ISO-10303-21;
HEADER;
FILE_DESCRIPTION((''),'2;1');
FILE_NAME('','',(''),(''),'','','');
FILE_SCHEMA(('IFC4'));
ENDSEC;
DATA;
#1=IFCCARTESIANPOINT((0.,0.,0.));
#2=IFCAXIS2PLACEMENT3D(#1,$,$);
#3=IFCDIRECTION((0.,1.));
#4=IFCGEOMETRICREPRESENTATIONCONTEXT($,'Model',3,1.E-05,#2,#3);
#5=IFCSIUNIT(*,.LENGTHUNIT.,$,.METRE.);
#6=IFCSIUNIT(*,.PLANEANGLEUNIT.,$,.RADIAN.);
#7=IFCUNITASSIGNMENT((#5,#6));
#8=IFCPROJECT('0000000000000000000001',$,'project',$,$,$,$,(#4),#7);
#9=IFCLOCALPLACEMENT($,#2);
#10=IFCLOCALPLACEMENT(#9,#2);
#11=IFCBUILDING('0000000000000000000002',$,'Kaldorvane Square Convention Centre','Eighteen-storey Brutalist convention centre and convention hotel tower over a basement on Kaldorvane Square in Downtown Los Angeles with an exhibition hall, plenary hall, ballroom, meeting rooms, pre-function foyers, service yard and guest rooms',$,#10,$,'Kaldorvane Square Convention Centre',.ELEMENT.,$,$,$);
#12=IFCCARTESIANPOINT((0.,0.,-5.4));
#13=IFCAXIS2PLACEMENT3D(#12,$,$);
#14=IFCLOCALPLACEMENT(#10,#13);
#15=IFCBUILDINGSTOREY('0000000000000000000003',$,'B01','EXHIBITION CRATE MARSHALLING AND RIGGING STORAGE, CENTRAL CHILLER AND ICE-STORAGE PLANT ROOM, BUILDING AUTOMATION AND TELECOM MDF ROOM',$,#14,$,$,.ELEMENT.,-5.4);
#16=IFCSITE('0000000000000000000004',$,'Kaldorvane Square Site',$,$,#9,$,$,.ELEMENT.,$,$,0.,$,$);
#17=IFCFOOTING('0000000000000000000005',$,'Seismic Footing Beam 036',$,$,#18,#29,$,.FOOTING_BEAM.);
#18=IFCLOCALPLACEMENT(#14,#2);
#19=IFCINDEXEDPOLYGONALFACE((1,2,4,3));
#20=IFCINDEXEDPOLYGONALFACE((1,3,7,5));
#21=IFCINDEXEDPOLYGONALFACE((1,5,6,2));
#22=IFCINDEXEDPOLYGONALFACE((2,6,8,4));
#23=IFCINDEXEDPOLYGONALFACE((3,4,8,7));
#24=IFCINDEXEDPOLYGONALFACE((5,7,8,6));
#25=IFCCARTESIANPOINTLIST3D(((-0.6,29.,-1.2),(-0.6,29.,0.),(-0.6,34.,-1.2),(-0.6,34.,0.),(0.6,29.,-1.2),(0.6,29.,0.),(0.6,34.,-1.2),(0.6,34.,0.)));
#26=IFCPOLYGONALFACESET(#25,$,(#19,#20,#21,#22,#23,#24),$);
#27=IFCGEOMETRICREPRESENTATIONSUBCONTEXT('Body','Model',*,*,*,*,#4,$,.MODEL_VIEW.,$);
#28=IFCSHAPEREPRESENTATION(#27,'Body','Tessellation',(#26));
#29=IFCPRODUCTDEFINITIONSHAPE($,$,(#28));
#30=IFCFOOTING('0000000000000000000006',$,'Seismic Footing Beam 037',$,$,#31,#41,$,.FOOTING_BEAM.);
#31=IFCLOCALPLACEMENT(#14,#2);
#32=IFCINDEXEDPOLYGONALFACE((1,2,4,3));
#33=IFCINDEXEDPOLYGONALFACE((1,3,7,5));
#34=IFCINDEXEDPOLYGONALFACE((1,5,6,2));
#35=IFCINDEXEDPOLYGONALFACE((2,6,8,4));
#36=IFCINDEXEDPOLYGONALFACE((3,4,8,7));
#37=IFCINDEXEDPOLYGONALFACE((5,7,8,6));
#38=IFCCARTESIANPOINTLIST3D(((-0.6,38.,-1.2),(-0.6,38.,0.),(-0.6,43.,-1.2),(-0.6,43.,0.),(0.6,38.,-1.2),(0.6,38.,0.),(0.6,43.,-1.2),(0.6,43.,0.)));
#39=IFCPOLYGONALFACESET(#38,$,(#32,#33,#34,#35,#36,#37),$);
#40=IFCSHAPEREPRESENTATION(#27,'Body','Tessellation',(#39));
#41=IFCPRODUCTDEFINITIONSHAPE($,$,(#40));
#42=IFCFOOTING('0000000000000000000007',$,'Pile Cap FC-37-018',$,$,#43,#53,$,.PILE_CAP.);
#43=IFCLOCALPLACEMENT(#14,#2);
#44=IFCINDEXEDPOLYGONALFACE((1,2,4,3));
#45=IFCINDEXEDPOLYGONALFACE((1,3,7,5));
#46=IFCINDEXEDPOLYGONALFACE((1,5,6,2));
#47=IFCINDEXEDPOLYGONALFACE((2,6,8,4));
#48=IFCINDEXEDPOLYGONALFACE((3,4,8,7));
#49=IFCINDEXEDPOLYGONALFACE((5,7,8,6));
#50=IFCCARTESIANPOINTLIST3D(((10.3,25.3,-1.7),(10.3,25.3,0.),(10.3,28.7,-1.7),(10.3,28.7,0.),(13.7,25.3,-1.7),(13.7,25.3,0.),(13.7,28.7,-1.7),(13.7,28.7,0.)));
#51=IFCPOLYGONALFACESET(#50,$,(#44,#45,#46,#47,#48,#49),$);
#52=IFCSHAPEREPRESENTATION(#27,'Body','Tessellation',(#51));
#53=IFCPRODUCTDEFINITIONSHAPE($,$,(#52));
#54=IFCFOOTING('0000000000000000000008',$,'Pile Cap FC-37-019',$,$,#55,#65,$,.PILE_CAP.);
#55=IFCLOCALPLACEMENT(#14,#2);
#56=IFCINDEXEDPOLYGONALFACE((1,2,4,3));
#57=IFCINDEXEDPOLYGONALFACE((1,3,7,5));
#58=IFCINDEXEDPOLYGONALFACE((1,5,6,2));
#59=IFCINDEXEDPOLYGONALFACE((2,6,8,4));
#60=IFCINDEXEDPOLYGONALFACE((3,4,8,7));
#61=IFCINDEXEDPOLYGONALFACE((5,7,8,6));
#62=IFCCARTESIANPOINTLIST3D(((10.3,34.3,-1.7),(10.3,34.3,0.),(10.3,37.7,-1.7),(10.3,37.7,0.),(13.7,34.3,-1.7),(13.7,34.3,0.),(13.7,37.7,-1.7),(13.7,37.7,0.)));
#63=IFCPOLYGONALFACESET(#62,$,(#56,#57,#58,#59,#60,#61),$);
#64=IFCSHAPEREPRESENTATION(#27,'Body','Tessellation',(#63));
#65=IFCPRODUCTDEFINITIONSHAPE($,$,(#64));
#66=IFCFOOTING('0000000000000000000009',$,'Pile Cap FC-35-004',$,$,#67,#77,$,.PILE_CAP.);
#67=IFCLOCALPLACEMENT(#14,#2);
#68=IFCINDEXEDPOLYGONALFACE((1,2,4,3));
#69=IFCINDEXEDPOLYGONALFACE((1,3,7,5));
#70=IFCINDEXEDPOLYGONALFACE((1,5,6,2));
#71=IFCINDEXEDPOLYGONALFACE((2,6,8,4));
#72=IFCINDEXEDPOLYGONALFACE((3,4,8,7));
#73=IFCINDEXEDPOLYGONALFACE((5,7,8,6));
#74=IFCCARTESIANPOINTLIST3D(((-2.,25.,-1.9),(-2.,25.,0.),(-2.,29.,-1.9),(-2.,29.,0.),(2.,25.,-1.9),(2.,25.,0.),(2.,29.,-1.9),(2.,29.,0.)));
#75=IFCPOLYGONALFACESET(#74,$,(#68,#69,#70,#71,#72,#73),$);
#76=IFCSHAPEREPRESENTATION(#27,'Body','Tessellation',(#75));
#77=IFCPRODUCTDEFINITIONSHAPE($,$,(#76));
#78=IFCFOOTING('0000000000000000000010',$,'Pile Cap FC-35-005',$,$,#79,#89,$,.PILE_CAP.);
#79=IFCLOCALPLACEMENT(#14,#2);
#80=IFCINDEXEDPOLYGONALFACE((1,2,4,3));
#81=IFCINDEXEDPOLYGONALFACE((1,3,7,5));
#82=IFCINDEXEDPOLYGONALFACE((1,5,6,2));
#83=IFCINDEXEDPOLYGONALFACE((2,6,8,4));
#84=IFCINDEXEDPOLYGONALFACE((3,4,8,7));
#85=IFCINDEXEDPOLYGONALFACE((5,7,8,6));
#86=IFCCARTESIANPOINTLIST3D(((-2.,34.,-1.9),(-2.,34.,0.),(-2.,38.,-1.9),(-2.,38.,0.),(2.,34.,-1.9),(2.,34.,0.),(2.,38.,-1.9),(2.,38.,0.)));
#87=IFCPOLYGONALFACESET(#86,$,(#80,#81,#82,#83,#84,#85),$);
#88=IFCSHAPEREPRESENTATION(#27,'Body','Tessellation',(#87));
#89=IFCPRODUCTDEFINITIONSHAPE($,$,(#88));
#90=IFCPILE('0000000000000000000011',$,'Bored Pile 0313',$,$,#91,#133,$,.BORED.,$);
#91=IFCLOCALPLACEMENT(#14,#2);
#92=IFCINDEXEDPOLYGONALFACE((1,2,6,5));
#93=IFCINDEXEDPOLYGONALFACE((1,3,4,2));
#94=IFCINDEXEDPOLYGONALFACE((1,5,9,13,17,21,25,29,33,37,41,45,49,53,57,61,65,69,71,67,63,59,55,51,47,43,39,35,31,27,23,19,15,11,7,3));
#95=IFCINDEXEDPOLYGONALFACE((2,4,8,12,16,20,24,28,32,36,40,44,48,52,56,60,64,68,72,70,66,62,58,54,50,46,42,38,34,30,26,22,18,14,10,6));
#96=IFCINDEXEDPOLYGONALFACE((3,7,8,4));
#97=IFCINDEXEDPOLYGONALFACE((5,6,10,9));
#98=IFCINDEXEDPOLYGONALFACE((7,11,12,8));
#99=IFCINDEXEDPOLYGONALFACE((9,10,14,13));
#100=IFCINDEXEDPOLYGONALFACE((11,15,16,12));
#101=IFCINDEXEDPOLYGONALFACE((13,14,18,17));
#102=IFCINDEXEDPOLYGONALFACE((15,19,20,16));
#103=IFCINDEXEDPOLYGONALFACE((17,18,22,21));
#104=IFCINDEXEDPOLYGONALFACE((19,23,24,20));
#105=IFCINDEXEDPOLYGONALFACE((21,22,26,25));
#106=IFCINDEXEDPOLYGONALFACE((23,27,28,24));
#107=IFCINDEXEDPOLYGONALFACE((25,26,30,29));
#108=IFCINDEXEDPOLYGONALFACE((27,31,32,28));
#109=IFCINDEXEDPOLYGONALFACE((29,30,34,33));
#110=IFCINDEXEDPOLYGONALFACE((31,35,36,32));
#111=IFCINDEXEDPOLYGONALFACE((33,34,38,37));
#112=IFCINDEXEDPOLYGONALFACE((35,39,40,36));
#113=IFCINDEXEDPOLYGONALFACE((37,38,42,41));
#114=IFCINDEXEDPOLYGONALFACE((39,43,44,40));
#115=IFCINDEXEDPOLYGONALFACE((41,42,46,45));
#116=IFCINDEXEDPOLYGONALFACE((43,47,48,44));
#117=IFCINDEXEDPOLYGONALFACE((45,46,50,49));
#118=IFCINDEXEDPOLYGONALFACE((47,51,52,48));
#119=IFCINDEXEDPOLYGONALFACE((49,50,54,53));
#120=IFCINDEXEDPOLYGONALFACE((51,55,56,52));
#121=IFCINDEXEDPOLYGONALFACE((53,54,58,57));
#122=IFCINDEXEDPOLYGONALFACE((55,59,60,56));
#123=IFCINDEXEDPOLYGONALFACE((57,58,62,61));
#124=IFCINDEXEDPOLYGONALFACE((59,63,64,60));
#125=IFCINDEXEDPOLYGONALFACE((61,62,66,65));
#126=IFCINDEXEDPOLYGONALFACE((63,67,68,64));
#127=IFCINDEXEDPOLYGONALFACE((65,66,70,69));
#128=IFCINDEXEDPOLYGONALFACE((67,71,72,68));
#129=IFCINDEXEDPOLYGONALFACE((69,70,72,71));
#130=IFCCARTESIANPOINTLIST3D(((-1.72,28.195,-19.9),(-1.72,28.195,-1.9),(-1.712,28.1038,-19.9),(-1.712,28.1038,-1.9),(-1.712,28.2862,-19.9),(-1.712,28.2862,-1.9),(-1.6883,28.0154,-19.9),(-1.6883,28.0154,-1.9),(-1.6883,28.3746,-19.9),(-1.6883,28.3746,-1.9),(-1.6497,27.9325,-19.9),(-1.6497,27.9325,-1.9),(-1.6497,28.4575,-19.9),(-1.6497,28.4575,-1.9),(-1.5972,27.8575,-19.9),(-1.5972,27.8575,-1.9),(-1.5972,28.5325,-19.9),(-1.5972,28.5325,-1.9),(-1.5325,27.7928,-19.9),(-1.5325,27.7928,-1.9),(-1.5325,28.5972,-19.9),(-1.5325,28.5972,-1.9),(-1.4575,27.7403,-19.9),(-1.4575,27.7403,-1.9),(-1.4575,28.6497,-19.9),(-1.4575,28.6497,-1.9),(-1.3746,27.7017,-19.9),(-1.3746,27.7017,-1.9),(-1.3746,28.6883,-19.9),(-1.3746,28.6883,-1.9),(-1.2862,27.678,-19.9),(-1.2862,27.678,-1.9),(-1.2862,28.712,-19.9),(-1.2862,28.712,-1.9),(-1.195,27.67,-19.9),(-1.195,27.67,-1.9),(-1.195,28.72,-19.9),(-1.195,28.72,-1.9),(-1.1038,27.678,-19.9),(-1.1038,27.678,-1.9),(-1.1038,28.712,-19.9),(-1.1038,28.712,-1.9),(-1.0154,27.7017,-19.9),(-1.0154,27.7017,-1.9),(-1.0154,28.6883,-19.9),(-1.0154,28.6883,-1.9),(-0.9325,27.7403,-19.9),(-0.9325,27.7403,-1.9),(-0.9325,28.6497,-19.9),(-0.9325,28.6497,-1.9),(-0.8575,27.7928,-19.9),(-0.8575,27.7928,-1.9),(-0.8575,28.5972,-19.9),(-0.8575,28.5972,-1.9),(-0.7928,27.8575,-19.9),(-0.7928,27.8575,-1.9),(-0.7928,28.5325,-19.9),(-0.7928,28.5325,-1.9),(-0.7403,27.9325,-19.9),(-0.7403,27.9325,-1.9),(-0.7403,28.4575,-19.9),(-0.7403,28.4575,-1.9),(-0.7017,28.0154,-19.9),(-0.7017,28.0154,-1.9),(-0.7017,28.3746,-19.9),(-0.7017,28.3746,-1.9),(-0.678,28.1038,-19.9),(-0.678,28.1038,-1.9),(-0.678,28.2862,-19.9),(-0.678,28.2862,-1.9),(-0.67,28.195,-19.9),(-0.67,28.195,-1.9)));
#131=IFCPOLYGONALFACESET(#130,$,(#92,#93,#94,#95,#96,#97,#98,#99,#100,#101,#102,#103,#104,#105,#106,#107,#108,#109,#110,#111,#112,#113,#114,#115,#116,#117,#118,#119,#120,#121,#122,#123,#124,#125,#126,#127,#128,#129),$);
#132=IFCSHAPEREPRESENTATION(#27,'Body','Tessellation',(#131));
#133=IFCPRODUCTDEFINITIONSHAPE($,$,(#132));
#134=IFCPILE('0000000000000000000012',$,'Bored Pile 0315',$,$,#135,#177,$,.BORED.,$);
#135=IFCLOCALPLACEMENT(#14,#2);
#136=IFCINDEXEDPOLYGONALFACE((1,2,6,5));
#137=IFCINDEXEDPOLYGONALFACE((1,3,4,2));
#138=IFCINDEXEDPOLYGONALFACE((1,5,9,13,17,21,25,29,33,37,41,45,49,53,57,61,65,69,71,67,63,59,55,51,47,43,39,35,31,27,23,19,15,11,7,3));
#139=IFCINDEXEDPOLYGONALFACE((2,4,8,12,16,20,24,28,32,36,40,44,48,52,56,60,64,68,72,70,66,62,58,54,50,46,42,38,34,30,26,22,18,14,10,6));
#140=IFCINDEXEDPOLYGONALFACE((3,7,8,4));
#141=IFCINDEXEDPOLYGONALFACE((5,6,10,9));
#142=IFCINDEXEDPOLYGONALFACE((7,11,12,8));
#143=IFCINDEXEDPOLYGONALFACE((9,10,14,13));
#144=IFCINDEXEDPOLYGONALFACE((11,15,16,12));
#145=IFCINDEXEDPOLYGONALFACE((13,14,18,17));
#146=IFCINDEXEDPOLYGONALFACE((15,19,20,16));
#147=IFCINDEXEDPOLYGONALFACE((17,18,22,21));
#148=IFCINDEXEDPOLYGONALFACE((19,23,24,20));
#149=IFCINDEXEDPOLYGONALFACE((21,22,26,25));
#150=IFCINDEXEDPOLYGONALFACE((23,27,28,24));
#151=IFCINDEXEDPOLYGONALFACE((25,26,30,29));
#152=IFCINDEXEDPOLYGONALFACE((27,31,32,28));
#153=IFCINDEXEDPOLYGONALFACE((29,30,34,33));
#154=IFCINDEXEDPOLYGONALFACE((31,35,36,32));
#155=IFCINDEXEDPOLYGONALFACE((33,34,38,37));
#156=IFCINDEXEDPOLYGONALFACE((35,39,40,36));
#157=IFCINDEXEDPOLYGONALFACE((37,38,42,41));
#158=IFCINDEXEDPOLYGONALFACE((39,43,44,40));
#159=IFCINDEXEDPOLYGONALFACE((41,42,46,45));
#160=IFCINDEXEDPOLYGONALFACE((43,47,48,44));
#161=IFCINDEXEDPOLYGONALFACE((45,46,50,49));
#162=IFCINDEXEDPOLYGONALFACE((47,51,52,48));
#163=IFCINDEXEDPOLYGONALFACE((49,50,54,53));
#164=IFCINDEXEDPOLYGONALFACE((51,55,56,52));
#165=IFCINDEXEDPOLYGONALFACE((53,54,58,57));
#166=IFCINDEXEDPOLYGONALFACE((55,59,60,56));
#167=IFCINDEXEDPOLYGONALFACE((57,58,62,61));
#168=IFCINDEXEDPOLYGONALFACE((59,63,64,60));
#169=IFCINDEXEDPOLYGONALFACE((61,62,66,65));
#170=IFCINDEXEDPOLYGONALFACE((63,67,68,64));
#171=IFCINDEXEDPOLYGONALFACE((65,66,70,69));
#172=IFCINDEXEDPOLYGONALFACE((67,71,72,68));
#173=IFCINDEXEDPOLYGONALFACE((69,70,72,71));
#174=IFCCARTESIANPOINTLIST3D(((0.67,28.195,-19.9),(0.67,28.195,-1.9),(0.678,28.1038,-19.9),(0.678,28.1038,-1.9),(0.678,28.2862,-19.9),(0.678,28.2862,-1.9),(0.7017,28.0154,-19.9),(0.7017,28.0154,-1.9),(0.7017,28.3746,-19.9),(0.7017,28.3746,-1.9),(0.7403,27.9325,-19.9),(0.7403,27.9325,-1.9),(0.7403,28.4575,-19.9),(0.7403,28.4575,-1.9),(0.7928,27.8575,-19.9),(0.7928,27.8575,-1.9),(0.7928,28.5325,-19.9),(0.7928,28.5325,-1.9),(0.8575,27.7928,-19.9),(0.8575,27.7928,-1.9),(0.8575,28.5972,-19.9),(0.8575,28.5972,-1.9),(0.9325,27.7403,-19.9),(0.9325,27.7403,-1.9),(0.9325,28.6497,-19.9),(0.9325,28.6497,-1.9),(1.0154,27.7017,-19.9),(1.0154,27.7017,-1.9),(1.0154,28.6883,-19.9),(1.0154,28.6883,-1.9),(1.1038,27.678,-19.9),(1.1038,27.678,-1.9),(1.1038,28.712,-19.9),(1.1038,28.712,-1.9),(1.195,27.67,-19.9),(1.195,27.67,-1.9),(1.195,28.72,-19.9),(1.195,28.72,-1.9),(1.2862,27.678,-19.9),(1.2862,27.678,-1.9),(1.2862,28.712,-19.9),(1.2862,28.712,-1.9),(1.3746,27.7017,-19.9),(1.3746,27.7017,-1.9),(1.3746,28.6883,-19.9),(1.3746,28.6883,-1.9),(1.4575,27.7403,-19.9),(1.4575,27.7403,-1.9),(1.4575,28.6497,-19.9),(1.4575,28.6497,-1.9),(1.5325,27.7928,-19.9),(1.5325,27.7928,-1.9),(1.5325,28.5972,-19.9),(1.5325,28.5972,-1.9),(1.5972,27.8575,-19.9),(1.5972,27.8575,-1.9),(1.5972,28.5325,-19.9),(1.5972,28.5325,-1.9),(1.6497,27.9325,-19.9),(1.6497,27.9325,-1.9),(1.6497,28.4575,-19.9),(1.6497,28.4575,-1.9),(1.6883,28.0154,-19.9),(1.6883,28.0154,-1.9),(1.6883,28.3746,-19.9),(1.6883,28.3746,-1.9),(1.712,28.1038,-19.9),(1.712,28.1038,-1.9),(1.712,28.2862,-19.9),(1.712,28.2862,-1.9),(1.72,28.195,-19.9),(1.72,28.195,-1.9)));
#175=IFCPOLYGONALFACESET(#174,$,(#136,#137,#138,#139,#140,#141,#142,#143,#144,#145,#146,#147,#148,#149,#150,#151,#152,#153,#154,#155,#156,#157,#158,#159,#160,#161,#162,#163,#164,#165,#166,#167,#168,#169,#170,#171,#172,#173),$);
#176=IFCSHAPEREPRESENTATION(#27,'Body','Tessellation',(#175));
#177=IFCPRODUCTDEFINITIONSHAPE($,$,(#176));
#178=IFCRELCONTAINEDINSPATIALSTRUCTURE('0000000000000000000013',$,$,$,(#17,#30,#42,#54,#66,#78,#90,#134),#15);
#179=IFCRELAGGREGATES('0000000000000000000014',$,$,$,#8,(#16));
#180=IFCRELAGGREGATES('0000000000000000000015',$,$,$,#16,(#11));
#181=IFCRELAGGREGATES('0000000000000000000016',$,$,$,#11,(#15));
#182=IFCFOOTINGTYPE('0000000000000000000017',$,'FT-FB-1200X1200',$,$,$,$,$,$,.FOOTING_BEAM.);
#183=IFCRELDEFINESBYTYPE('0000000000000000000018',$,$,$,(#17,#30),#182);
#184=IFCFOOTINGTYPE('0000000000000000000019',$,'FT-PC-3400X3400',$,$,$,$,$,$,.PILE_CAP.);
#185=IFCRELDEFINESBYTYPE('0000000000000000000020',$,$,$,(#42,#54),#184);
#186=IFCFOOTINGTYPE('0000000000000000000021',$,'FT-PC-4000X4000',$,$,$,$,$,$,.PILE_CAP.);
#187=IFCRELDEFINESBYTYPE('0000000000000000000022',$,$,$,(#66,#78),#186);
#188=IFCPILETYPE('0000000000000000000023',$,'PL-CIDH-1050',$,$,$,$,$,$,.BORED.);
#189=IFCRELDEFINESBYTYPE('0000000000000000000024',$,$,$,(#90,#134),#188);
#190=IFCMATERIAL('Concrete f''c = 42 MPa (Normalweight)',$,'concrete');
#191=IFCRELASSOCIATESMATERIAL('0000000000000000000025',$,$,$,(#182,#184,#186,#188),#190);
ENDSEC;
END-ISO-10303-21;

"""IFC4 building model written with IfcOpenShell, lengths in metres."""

from ifc_helpers import new_model, si_unit, direction, frame, origin, origin_2d, place, context, subcontext, project, spatial, rectangle, circle, extrude, material, material_profile, profile_set, type_object, element, save


model = new_model("IFC4")

# Units and contexts
model_context = context("Model", 3, precision=1e-05, world=origin(), true_north=direction((0.0, 1.0)))
body_context = subcontext(model_context, "Body", "Model", "MODEL_VIEW")
ifc_project = project(units=[si_unit("LENGTHUNIT", "METRE"), si_unit("PLANEANGLEUNIT", "RADIAN")], contexts=[model_context])

# Site, building, storey
site_placement = place(None, origin())
site = spatial("IfcSite", under=ifc_project, at=site_placement, Name="Kaldorvane Square Site", CompositionType="ELEMENT", RefElevation=0.0)
building_placement = place(site_placement, origin())
building = spatial("IfcBuilding", under=site, at=building_placement, Name="Kaldorvane Square Convention Centre", Description="Eighteen-storey Brutalist convention centre and convention hotel tower over a basement on Kaldorvane Square in Downtown Los Angeles with an exhibition hall, plenary hall, ballroom, meeting rooms, pre-function foyers, service yard and guest rooms", LongName="Kaldorvane Square Convention Centre", CompositionType="ELEMENT")
storey_placement = place(building_placement, frame((0.0, 0.0, -5.4)))
storey = spatial("IfcBuildingStorey", under=building, at=storey_placement, Name="B01", Description="EXHIBITION CRATE MARSHALLING AND RIGGING STORAGE, CENTRAL CHILLER AND ICE-STORAGE PLANT ROOM, BUILDING AUTOMATION AND TELECOM MDF ROOM", CompositionType="ELEMENT", Elevation=-5.4)

# Footings
ifc_material_1 = material(Name="Concrete f'c = 42 MPa (Normalweight)", Category="concrete")
footing_type_1 = type_object("IfcFootingType", Name="FT-FB-1200X1200", PredefinedType="FOOTING_BEAM", material=ifc_material_1)
for number, where, z_axis, x_axis, name in (
    (1, (0.0, 31.5, -1.2), (0.0, 0.0, 1.0), (1.0, 0.0, 0.0), "Seismic Footing Beam 036"),
    (2, (0.0, 40.5, -1.2), (0.0, 0.0, 1.0), (1.0, 0.0, 0.0), "Seismic Footing Beam 037"),
):
    element("IfcFooting", number, at=place(storey_placement, frame(where, z_axis=z_axis, x_axis=x_axis)), inside=storey, type_object=footing_type_1, Name=name, PredefinedType="FOOTING_BEAM", context=body_context, shape_type="SweptSolid", body=[
        extrude(rectangle(XDim=1.2, YDim=5.0, at=origin_2d()), origin(), (0.0, 0.0, 1.0), 1.2),
    ])
footing_type_2 = type_object("IfcFootingType", Name="FT-PC-3400X3400", PredefinedType="PILE_CAP", material=ifc_material_1)
for number, where, z_axis, x_axis, name in (
    (3, (12.0, 27.0, -1.7), (0.0, 0.0, 1.0), (1.0, 0.0, 0.0), "Pile Cap FC-37-018"),
    (4, (12.0, 36.0, -1.7), (0.0, 0.0, 1.0), (1.0, 0.0, 0.0), "Pile Cap FC-37-019"),
):
    element("IfcFooting", number, at=place(storey_placement, frame(where, z_axis=z_axis, x_axis=x_axis)), inside=storey, type_object=footing_type_2, Name=name, PredefinedType="PILE_CAP", context=body_context, shape_type="SweptSolid", body=[
        extrude(rectangle(XDim=3.4, YDim=3.4, at=origin_2d()), origin(), (0.0, 0.0, 1.0), 1.7),
    ])
footing_type_3 = type_object("IfcFootingType", Name="FT-PC-4000X4000", PredefinedType="PILE_CAP", material=ifc_material_1)
for number, where, z_axis, x_axis, name in (
    (5, (0.0, 27.0, -1.9), (0.0, 0.0, 1.0), (1.0, 0.0, 0.0), "Pile Cap FC-35-004"),
    (6, (0.0, 36.0, -1.9), (0.0, 0.0, 1.0), (1.0, 0.0, 0.0), "Pile Cap FC-35-005"),
):
    element("IfcFooting", number, at=place(storey_placement, frame(where, z_axis=z_axis, x_axis=x_axis)), inside=storey, type_object=footing_type_3, Name=name, PredefinedType="PILE_CAP", context=body_context, shape_type="SweptSolid", body=[
        extrude(rectangle(XDim=4.0, YDim=4.0, at=origin_2d()), origin(), (0.0, 0.0, 1.0), 1.9),
    ])

# Piles
ifc_material_profile_1 = material_profile(ifc_material_1, circle(Radius=0.525, at=origin_2d()), Name="PILE-D1050")
ifc_profile_set_1 = profile_set([ifc_material_profile_1], Name="Concrete f'c = 42 MPa (Normalweight)")
pile_type_1 = type_object("IfcPileType", Name="PL-CIDH-1050", PredefinedType="BORED", material=ifc_profile_set_1)
for number, where, z_axis, x_axis, name in (
    (7, (-1.195, 28.195, -1.9), (0.0, 0.0, -1.0), (1.0, 0.0, 0.0), "Bored Pile 0313"),
    (8, (1.195, 28.195, -1.9), (0.0, 0.0, -1.0), (1.0, 0.0, 0.0), "Bored Pile 0315"),
):
    element("IfcPile", number, at=place(storey_placement, frame(where, z_axis=z_axis, x_axis=x_axis)), inside=storey, type_object=pile_type_1, Name=name, PredefinedType="BORED", context=body_context, shape_type="SweptSolid", body=[
        extrude(circle(Radius=0.525, at=origin_2d()), origin(), (0.0, 0.0, 1.0), 18.0),
    ])

save(model, "model.ifc")
